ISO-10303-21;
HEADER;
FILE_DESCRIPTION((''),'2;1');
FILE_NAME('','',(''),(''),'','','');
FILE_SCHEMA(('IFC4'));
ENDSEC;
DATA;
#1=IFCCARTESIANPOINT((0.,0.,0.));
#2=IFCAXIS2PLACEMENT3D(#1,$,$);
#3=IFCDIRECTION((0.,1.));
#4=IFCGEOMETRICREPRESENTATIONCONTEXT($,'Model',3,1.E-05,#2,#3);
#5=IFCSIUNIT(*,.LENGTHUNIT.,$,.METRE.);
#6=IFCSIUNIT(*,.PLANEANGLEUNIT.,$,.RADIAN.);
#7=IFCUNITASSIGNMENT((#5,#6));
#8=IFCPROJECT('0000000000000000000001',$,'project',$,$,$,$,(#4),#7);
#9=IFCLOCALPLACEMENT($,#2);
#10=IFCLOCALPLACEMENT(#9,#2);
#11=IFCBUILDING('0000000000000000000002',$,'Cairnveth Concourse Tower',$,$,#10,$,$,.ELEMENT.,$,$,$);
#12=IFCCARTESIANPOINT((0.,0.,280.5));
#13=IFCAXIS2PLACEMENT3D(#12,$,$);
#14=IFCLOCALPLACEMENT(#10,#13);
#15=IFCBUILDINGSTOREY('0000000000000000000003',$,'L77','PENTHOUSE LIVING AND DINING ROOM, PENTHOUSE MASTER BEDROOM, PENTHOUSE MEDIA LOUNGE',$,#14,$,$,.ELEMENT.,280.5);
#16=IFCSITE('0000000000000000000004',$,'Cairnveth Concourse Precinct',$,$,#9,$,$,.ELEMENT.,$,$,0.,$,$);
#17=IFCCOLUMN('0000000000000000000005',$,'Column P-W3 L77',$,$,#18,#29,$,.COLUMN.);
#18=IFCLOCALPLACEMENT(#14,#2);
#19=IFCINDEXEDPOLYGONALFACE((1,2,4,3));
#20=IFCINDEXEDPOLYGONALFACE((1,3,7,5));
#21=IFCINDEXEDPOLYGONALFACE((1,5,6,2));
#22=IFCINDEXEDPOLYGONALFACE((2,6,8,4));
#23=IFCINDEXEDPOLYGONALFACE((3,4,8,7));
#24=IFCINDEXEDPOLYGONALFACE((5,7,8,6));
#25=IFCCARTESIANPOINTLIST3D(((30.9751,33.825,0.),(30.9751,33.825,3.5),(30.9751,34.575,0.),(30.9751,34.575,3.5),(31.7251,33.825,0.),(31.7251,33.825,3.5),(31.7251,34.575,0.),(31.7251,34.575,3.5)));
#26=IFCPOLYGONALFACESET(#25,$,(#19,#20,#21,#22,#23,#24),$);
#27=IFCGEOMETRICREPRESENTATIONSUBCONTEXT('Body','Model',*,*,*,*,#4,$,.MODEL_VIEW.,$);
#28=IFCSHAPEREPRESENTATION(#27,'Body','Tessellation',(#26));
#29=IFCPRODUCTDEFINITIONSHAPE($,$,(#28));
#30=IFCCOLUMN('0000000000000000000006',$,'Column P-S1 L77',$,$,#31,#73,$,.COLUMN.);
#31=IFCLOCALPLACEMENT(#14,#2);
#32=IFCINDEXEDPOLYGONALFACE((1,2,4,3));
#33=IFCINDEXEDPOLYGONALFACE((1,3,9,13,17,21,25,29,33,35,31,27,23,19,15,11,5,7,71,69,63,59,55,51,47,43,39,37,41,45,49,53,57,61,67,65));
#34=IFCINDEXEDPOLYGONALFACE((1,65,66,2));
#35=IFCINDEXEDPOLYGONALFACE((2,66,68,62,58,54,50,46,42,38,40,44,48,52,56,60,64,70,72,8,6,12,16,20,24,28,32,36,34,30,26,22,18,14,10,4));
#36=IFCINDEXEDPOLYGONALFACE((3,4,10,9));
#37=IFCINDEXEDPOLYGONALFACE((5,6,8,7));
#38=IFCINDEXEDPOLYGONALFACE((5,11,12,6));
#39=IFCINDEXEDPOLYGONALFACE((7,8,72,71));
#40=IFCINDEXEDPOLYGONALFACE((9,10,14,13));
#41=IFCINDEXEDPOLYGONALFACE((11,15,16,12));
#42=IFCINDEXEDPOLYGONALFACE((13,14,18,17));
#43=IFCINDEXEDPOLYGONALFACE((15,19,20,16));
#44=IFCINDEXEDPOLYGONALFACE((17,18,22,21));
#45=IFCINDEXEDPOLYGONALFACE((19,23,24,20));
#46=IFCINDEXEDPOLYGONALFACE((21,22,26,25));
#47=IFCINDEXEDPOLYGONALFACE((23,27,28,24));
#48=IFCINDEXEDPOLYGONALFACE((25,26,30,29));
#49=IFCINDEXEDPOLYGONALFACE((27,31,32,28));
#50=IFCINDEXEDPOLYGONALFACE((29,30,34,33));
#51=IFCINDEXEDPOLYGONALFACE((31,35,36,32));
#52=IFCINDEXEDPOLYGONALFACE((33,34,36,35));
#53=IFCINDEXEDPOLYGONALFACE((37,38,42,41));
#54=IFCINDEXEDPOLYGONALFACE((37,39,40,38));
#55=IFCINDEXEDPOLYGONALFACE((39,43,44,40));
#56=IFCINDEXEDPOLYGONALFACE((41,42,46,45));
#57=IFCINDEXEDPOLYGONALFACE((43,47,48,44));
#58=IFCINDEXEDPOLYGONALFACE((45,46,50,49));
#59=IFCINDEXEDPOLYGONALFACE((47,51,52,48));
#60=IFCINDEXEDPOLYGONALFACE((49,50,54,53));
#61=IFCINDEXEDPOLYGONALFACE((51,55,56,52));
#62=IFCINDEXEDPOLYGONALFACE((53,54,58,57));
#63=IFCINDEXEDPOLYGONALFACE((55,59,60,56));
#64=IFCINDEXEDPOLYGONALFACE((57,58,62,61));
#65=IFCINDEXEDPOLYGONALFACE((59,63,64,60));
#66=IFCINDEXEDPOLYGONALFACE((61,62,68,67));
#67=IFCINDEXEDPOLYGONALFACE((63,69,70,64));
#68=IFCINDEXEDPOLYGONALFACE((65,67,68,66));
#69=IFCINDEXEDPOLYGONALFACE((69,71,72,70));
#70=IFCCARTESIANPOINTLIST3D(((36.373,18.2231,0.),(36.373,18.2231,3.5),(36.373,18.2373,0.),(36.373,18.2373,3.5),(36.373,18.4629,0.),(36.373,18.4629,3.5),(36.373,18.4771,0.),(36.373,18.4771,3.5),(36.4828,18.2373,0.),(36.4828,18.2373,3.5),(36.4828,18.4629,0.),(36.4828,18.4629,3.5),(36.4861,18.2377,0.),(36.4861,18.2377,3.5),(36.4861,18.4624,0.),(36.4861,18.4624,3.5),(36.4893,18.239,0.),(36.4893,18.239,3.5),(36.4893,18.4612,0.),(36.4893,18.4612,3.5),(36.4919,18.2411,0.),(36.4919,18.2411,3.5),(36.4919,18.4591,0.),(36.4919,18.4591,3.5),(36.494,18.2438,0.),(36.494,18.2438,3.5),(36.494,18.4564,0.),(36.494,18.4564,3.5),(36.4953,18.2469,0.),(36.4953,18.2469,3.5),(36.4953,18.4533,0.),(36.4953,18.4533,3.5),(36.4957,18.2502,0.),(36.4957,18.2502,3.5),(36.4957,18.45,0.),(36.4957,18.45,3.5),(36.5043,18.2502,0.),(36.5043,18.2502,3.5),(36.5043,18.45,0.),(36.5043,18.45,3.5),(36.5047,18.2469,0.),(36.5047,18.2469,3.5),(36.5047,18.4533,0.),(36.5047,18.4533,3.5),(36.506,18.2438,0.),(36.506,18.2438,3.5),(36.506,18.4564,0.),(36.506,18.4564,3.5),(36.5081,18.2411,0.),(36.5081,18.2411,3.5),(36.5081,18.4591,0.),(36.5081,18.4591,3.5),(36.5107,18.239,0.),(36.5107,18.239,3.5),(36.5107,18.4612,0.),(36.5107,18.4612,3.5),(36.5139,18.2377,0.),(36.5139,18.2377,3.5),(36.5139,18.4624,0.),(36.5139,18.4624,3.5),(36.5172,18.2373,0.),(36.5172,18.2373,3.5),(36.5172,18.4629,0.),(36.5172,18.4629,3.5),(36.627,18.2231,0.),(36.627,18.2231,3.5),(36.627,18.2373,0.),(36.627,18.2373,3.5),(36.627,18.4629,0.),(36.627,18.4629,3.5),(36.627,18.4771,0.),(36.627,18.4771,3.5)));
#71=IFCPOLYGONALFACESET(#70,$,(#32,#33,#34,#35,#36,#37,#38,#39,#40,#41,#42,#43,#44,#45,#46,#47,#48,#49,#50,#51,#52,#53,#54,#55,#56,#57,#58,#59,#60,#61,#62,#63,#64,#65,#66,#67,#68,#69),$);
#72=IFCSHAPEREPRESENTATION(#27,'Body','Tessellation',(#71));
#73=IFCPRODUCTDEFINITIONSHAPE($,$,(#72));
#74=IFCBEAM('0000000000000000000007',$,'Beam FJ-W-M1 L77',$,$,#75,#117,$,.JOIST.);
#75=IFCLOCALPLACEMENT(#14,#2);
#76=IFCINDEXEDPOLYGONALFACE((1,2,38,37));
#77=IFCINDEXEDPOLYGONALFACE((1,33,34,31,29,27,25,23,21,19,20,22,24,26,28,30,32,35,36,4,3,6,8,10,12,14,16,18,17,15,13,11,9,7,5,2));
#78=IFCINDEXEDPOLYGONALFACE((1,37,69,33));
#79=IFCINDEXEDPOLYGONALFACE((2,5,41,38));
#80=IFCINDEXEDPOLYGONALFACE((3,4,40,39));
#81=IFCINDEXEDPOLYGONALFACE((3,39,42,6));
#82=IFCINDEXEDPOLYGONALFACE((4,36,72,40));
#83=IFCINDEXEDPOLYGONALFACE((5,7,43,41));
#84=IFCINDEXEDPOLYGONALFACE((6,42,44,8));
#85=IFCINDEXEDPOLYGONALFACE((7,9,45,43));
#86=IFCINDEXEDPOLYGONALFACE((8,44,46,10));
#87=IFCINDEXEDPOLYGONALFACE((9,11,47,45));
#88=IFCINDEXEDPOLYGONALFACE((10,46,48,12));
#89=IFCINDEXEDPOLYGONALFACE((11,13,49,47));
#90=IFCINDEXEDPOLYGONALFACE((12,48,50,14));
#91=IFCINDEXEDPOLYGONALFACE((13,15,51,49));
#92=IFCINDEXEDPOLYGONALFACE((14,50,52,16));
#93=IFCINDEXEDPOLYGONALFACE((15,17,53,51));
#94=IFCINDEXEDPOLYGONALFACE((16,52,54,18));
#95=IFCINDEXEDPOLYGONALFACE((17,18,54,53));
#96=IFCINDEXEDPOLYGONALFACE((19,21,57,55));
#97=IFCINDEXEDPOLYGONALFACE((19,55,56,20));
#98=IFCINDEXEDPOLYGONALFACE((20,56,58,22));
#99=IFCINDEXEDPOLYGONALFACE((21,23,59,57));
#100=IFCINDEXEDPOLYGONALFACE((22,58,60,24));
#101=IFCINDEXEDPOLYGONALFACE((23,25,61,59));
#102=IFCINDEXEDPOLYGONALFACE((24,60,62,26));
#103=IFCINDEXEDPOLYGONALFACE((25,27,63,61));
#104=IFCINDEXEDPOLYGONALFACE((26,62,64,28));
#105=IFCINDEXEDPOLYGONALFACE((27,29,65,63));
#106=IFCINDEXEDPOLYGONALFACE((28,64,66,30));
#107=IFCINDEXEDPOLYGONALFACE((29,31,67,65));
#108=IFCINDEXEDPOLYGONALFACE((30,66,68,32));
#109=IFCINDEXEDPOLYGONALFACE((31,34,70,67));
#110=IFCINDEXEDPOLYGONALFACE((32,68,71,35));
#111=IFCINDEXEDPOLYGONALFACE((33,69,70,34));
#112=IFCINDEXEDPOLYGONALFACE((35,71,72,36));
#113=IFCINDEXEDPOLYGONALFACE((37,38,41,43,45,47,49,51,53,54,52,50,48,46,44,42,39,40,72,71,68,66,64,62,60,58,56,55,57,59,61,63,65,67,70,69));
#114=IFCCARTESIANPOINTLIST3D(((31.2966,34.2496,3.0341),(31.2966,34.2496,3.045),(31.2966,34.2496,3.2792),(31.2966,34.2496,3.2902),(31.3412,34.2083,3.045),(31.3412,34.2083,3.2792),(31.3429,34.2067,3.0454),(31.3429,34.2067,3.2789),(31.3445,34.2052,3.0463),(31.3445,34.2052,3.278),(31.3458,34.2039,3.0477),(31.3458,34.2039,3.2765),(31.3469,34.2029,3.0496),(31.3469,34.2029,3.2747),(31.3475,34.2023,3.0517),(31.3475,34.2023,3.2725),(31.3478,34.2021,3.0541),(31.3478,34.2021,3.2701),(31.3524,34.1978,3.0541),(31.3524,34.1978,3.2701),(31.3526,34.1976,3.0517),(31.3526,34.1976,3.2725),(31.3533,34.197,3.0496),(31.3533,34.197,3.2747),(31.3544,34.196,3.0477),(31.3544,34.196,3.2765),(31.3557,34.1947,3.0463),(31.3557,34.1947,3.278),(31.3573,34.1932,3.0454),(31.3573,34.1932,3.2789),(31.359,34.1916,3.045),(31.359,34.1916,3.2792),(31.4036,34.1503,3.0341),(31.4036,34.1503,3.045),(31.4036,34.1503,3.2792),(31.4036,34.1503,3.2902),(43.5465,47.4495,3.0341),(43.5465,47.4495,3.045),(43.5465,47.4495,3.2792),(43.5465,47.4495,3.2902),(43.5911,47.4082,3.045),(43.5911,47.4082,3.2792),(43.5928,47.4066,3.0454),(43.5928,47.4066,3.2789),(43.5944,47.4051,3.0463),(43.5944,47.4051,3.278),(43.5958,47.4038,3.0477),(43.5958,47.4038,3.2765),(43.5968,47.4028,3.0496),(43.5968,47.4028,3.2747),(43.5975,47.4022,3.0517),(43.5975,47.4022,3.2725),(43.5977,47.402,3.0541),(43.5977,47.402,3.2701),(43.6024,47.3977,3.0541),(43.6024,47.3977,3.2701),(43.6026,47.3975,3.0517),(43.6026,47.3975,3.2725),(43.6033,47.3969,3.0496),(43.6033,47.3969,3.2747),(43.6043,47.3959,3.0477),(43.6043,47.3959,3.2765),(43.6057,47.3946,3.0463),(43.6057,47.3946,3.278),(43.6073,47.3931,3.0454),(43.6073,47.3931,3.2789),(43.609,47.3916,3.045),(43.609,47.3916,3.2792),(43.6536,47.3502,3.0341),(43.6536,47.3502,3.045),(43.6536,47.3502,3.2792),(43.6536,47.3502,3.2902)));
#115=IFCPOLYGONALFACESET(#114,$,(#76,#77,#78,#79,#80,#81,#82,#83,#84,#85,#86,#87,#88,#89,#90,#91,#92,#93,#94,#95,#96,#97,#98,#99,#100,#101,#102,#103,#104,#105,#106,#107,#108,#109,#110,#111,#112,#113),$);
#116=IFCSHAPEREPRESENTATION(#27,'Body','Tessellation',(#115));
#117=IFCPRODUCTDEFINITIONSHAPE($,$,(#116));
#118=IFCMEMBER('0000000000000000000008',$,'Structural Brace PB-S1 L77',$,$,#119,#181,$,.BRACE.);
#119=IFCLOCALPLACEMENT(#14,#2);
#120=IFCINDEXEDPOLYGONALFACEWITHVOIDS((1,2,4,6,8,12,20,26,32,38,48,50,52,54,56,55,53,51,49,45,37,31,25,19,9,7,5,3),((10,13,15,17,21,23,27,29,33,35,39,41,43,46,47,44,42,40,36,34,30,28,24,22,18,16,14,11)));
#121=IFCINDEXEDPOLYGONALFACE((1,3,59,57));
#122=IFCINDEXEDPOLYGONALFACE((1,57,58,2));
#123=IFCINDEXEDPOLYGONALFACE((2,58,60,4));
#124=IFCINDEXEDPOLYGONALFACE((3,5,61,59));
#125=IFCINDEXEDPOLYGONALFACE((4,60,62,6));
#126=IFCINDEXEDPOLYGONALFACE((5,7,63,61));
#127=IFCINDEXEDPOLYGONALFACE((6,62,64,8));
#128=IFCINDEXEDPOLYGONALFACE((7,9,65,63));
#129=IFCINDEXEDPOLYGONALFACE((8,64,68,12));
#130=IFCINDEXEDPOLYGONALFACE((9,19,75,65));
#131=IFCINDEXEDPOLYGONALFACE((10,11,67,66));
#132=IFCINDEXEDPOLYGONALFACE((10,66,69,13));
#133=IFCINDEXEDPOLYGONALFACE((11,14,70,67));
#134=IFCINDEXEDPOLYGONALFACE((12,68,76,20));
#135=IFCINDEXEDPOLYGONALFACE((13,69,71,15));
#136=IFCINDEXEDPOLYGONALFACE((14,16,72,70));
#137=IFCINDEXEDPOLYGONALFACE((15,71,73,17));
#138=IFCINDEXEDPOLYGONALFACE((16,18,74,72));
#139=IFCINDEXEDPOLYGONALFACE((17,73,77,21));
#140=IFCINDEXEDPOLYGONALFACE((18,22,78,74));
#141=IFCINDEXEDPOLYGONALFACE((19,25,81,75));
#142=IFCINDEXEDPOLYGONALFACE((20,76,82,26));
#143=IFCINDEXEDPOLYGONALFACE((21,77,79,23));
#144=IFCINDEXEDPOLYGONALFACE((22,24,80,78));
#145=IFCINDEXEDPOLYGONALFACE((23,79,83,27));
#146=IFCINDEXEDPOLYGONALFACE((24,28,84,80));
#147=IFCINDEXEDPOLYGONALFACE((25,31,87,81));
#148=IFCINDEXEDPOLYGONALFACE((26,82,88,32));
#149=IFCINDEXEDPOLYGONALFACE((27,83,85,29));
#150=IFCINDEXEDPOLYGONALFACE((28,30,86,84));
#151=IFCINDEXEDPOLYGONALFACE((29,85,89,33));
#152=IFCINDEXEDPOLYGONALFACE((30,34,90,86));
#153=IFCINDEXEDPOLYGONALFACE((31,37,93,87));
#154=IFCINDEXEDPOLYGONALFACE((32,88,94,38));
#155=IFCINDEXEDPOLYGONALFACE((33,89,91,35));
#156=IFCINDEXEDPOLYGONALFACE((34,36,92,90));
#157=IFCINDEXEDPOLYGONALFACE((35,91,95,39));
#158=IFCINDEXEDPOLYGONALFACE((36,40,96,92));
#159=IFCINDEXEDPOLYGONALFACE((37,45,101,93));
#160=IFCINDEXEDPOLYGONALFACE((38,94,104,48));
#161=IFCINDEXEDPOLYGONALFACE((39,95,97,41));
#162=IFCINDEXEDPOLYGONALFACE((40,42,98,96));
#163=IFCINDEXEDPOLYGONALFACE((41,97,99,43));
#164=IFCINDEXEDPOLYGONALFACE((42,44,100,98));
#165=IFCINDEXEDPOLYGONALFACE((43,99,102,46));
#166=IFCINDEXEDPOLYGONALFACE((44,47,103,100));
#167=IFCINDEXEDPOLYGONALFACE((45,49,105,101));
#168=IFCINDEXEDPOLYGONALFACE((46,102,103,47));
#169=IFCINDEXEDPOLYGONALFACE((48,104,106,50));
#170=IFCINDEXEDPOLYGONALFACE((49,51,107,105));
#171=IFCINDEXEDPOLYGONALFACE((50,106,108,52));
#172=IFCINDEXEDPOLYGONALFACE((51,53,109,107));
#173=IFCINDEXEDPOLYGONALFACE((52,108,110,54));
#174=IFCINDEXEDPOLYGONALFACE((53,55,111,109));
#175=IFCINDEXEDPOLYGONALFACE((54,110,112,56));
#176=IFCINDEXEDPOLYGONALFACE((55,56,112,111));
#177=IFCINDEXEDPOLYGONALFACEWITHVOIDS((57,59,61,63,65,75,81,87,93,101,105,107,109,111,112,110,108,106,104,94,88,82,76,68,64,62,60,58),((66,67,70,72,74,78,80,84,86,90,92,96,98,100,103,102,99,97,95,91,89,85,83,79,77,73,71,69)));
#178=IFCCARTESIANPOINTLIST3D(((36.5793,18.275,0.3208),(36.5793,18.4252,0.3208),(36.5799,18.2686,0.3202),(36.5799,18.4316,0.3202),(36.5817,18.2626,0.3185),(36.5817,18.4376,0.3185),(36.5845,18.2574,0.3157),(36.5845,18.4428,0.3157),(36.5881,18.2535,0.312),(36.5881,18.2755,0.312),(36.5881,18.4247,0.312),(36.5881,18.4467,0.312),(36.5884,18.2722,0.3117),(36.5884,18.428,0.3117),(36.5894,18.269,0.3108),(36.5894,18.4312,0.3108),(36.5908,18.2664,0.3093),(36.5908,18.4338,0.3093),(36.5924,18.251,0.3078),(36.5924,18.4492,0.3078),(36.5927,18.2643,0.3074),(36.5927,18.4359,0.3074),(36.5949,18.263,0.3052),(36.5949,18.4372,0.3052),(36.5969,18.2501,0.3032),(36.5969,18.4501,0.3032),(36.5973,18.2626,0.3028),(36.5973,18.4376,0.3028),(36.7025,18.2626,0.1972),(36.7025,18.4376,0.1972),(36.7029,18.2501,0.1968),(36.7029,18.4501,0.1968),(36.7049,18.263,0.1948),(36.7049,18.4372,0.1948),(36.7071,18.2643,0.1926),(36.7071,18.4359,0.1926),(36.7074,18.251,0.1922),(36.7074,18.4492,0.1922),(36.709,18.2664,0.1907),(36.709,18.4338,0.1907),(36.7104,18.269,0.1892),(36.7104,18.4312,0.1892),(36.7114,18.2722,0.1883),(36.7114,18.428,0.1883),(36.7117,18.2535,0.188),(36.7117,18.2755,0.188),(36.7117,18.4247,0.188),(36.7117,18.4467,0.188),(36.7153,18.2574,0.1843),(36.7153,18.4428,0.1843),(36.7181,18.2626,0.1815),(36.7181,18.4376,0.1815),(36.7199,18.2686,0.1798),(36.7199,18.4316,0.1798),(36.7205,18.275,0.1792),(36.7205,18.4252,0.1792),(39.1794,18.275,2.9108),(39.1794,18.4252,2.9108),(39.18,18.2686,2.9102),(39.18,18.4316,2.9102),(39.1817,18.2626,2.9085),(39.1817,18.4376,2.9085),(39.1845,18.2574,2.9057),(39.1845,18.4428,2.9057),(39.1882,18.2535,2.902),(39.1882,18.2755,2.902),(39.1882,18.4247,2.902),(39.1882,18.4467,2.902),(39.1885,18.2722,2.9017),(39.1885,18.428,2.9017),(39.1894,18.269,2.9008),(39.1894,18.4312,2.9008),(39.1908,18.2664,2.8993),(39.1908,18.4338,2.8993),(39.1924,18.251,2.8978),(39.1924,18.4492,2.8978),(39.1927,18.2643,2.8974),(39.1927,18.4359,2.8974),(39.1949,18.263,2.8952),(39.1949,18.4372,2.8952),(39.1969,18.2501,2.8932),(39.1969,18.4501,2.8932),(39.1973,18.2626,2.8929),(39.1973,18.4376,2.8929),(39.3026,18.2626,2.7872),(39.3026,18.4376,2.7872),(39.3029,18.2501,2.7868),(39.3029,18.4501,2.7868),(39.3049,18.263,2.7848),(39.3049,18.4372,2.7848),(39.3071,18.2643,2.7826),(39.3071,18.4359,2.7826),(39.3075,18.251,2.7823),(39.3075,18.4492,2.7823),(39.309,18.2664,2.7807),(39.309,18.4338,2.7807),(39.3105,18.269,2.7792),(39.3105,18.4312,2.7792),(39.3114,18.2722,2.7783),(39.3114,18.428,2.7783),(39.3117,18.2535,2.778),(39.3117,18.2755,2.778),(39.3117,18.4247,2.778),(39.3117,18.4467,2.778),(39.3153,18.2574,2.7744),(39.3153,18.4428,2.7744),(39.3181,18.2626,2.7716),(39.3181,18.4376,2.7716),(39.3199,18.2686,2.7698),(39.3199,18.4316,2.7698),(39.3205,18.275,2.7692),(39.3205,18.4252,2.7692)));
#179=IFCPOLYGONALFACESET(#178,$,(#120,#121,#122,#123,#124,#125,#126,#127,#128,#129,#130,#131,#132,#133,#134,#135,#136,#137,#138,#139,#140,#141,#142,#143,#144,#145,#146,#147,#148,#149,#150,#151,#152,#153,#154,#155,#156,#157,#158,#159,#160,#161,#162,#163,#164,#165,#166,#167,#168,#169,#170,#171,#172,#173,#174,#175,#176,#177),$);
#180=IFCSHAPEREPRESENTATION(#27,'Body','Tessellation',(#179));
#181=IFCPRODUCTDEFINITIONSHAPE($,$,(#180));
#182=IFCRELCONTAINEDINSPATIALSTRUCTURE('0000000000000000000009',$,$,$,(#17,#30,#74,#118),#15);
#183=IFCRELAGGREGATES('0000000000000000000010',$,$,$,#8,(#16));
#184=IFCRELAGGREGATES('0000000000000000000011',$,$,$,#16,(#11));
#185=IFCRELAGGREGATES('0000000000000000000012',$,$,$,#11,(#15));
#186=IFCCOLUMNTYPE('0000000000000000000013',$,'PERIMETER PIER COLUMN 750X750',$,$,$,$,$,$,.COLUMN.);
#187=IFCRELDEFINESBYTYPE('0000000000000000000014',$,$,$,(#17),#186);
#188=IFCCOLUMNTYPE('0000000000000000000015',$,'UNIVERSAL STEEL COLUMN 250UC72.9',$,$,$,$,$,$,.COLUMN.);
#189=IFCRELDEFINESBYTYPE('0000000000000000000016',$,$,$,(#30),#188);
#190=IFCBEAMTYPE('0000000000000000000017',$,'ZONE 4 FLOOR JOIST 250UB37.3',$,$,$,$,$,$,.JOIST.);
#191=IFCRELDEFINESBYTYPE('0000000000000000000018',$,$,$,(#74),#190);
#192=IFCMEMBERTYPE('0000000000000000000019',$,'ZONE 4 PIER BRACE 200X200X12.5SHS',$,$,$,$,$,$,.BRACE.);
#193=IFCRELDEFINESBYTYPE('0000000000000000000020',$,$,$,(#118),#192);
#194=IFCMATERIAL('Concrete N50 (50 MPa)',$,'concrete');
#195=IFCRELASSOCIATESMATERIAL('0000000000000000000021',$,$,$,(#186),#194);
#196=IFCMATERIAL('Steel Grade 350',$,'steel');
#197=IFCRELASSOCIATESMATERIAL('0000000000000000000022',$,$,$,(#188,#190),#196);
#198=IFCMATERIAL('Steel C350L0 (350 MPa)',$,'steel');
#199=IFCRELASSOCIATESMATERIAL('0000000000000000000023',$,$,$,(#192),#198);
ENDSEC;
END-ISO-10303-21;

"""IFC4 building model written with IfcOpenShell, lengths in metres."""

from ifc_helpers import new_model, si_unit, direction, frame, origin, origin_2d, place, context, subcontext, project, spatial, rectangle, hollow_rectangle, i_section, extrude, material, material_profile, profile_set, type_object, element, save


model = new_model("IFC4")

# Units and contexts
model_context = context("Model", 3, precision=1e-05, world=origin(), true_north=direction((0.0, 1.0)))
body_context = subcontext(model_context, "Body", "Model", "MODEL_VIEW")
ifc_project = project(units=[si_unit("LENGTHUNIT", "METRE"), si_unit("PLANEANGLEUNIT", "RADIAN")], contexts=[model_context])

# Site, building, storey
site_placement = place(None, origin())
site = spatial("IfcSite", under=ifc_project, at=site_placement, Name="Cairnveth Concourse Precinct", CompositionType="ELEMENT", RefElevation=0.0)
building_placement = place(site_placement, origin())
building = spatial("IfcBuilding", under=site, at=building_placement, Name="Cairnveth Concourse Tower", CompositionType="ELEMENT")
storey_placement = place(building_placement, frame((0.0, 0.0, 280.5)))
storey = spatial("IfcBuildingStorey", under=building, at=storey_placement, Name="L77", Description="PENTHOUSE LIVING AND DINING ROOM, PENTHOUSE MASTER BEDROOM, PENTHOUSE MEDIA LOUNGE", CompositionType="ELEMENT", Elevation=280.5)

# Columns
ifc_material_1 = material(Name="Concrete N50 (50 MPa)", Category="concrete")
ifc_material_profile_1 = material_profile(ifc_material_1, rectangle(XDim=0.75, YDim=0.75, at=origin_2d()), Name="RC-COL-750x750")
ifc_profile_set_1 = profile_set([ifc_material_profile_1], Name="Concrete N50 (50 MPa)")
column_type_1 = type_object("IfcColumnType", Name="PERIMETER PIER COLUMN 750X750", PredefinedType="COLUMN", material=ifc_profile_set_1)
column_1_placement = place(storey_placement, frame((31.3501, 34.2, 0.0), z_axis=(0.0, 0.0, 1.0), x_axis=(0.0, 1.0, 0.0)))
element("IfcColumn", 1, at=column_1_placement, inside=storey, type_object=column_type_1, Name="Column P-W3 L77", PredefinedType="COLUMN", context=body_context, shape_type="SweptSolid", body=[
    extrude(rectangle(XDim=0.75, YDim=0.75, at=origin_2d()), origin(), (0.0, 0.0, 1.0), 3.5),
])
ifc_material_2 = material(Name="Steel Grade 350", Category="steel")
ifc_material_profile_2 = material_profile(ifc_material_2, i_section(OverallWidth=0.2539, OverallDepth=0.2539, WebThickness=0.0085, FlangeThickness=0.0142, FilletRadius=0.0129, at=origin_2d()), Name="250UC72.9")
ifc_profile_set_2 = profile_set([ifc_material_profile_2], Name="Steel Grade 350")
column_type_2 = type_object("IfcColumnType", Name="UNIVERSAL STEEL COLUMN 250UC72.9", PredefinedType="COLUMN", material=ifc_profile_set_2)
column_2_placement = place(storey_placement, frame((36.5, 18.3501, 0.0), z_axis=(0.0, 0.0, 1.0), x_axis=(1.0, 0.0, 0.0)))
element("IfcColumn", 2, at=column_2_placement, inside=storey, type_object=column_type_2, Name="Column P-S1 L77", PredefinedType="COLUMN", context=body_context, shape_type="SweptSolid", body=[
    extrude(i_section(OverallWidth=0.2539, OverallDepth=0.2539, WebThickness=0.0085, FlangeThickness=0.0142, FilletRadius=0.0129, at=origin_2d()), origin(), (0.0, 0.0, 1.0), 3.5),
])

# Beam
ifc_material_profile_3 = material_profile(ifc_material_2, i_section(OverallWidth=0.146, OverallDepth=0.2561, WebThickness=0.0063, FlangeThickness=0.011, FilletRadius=0.009, at=origin_2d()), Name="250UB37.3")
ifc_profile_set_3 = profile_set([ifc_material_profile_3], Name="Steel Grade 350")
beam_type_1 = type_object("IfcBeamType", Name="ZONE 4 FLOOR JOIST 250UB37.3", PredefinedType="JOIST", material=ifc_profile_set_3)
beam_1_placement = place(storey_placement, frame((31.3501, 34.2, 3.1621), z_axis=(0.680239, 0.73299, 0.0), x_axis=(-0.73299, 0.680239, 0.0)))
element("IfcBeam", 3, at=beam_1_placement, inside=storey, type_object=beam_type_1, Name="Beam FJ-W-M1 L77", PredefinedType="JOIST", context=body_context, shape_type="SweptSolid", body=[
    extrude(i_section(OverallWidth=0.146, OverallDepth=0.2561, WebThickness=0.0063, FlangeThickness=0.011, FilletRadius=0.009, at=origin_2d()), origin(), (0.0, 0.0, 1.0), 18.0083),
])

# Member
ifc_material_3 = material(Name="Steel C350L0 (350 MPa)", Category="steel")
ifc_material_profile_4 = material_profile(ifc_material_3, hollow_rectangle(XDim=0.2, YDim=0.2, WallThickness=0.0125, InnerFilletRadius=0.0129, OuterFilletRadius=0.0249, at=origin_2d()), Name="200x200x12.5SHS")
ifc_profile_set_4 = profile_set([ifc_material_profile_4], Name="Steel C350L0 (350 MPa)")
member_type = type_object("IfcMemberType", Name="ZONE 4 PIER BRACE 200X200X12.5SHS", PredefinedType="BRACE", material=ifc_profile_set_4)
for number, where, z_axis, x_axis, name in (
    (4, (36.6499, 18.3501, 0.25), (0.708469, 0.0, 0.705742), (0.0, 1.0, 0.0), "Structural Brace PB-S1 L77"),
):
    element("IfcMember", number, at=place(storey_placement, frame(where, z_axis=z_axis, x_axis=x_axis)), inside=storey, type_object=member_type, Name=name, PredefinedType="BRACE", context=body_context, shape_type="SweptSolid", body=[
        extrude(hollow_rectangle(XDim=0.2, YDim=0.2, WallThickness=0.0125, InnerFilletRadius=0.0129, OuterFilletRadius=0.0249, at=origin_2d()), origin(), (0.0, 0.0, 1.0), 3.6699),
    ])

save(model, "model.ifc")
